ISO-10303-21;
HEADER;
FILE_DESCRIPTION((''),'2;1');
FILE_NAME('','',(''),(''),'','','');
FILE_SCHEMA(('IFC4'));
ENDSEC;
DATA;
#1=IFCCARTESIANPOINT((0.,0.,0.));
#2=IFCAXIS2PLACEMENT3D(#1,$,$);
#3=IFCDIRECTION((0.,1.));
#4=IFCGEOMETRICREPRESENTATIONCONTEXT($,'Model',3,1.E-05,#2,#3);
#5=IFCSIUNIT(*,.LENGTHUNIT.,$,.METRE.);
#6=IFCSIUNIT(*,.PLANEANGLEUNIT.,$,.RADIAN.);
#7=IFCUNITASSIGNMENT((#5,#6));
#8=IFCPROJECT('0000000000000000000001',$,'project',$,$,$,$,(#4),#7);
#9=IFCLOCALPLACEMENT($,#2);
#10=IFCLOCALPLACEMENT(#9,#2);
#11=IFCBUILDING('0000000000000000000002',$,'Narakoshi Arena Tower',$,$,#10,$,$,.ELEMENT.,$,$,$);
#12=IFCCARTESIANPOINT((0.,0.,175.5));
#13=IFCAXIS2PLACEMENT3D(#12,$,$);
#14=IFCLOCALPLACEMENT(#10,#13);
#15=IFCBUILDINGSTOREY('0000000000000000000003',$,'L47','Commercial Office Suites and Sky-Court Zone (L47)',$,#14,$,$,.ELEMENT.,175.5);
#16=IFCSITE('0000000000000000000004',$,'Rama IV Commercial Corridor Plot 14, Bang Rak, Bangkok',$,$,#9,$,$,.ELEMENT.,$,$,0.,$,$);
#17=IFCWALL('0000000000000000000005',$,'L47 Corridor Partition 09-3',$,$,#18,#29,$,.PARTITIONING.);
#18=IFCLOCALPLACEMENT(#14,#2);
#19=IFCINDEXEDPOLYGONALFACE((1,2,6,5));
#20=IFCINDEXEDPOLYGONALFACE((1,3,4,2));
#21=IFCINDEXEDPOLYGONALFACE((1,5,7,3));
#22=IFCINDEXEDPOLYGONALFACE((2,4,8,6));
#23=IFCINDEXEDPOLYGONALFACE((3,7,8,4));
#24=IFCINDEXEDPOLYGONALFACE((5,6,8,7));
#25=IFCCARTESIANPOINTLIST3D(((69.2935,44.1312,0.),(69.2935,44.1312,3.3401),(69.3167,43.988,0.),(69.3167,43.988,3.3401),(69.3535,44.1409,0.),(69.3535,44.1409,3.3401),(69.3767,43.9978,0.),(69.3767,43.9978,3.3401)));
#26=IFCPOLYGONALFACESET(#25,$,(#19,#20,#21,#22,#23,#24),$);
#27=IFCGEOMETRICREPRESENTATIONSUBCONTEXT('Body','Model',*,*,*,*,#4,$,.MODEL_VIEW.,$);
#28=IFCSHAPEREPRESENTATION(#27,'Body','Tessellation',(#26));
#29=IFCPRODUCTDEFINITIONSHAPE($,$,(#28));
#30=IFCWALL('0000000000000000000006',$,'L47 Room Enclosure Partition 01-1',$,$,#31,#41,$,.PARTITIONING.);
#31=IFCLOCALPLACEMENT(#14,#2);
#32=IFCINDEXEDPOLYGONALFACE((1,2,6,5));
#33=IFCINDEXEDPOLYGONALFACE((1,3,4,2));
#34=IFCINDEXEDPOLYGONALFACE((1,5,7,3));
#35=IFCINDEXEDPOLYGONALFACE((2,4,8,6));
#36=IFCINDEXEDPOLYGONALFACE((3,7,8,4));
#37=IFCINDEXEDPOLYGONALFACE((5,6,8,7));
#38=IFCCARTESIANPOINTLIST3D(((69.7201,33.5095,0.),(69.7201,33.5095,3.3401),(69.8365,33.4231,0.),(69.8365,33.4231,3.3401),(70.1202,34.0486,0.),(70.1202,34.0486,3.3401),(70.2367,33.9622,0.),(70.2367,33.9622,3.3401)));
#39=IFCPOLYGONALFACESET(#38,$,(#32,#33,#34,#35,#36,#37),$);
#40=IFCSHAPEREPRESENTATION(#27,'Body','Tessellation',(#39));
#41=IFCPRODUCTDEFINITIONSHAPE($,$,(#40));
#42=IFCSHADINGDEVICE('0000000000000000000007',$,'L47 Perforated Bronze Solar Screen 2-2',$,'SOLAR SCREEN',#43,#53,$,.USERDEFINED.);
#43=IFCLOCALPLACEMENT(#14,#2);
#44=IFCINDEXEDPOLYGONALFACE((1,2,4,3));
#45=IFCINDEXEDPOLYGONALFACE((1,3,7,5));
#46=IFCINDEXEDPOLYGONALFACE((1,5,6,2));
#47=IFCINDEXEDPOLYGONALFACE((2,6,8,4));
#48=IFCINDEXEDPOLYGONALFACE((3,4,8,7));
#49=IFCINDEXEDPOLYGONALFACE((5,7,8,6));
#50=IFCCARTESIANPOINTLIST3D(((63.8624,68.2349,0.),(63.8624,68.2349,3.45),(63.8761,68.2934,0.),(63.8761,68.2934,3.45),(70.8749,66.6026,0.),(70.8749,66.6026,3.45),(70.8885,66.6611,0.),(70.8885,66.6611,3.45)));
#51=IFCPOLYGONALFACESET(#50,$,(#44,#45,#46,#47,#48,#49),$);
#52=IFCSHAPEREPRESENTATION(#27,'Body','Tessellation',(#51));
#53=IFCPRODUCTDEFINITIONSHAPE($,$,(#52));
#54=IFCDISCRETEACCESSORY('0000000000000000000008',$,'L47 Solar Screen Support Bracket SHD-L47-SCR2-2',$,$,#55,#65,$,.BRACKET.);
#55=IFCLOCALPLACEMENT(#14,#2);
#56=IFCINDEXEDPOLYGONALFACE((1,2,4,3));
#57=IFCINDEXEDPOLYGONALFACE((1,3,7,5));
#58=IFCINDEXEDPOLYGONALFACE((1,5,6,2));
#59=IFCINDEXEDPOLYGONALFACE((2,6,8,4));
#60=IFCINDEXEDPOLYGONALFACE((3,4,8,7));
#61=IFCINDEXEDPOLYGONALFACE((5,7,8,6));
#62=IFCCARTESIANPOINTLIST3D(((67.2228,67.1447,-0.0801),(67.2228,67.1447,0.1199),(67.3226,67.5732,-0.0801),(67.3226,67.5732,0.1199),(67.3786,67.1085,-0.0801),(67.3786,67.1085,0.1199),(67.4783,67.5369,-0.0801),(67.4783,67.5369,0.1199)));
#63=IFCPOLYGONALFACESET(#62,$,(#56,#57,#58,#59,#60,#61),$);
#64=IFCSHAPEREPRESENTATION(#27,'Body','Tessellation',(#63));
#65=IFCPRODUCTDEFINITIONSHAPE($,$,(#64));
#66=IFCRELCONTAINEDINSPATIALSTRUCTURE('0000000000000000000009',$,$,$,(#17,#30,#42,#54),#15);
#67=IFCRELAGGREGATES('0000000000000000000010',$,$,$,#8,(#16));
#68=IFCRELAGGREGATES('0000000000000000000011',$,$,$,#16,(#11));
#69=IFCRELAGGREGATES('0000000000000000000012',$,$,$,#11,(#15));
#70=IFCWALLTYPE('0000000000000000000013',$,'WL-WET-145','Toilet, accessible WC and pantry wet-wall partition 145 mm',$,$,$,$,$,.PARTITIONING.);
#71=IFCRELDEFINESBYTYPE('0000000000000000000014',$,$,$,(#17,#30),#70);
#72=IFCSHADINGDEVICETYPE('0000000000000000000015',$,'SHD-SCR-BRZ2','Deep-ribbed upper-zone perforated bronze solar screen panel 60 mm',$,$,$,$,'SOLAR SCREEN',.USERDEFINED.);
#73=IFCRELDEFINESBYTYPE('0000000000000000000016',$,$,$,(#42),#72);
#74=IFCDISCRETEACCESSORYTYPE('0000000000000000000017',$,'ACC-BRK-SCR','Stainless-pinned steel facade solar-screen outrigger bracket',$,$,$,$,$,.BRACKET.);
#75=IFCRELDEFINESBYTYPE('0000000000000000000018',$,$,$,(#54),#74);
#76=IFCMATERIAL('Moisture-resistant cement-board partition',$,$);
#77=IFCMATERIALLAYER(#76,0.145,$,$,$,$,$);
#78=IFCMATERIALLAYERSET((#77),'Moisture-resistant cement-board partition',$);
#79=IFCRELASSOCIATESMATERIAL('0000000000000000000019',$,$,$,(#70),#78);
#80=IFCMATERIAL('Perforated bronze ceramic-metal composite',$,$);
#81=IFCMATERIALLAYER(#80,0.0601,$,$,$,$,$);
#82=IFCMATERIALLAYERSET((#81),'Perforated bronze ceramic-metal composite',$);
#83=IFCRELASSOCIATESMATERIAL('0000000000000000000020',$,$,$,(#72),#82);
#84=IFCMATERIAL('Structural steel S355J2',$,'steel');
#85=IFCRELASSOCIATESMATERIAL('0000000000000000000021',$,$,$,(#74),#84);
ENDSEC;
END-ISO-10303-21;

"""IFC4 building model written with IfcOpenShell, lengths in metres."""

from ifc_helpers import new_model, si_unit, direction, frame, frame_2d, origin, origin_2d, place, context, subcontext, project, spatial, rectangle, extrude, material, layer, layer_set, type_object, element, save


model = new_model("IFC4")

# Units and contexts
model_context = context("Model", 3, precision=1e-05, world=origin(), true_north=direction((0.0, 1.0)))
body_context = subcontext(model_context, "Body", "Model", "MODEL_VIEW")
ifc_project = project(units=[si_unit("LENGTHUNIT", "METRE"), si_unit("PLANEANGLEUNIT", "RADIAN")], contexts=[model_context])

# Site, building, storey
site_placement = place(None, origin())
site = spatial("IfcSite", under=ifc_project, at=site_placement, Name="Rama IV Commercial Corridor Plot 14, Bang Rak, Bangkok", CompositionType="ELEMENT", RefElevation=0.0)
building_placement = place(site_placement, origin())
building = spatial("IfcBuilding", under=site, at=building_placement, Name="Narakoshi Arena Tower", CompositionType="ELEMENT")
storey_placement = place(building_placement, frame((0.0, 0.0, 175.5)))
storey = spatial("IfcBuildingStorey", under=building, at=storey_placement, Name="L47", Description="Commercial Office Suites and Sky-Court Zone (L47)", CompositionType="ELEMENT", Elevation=175.5)

# Shared definitions
ifc_material_1 = material(Name="Structural steel S355J2", Category="steel")

# Shared definitions
ifc_material_2 = material(Name="Moisture-resistant cement-board partition")
ifc_layer_1 = layer(ifc_material_2, 0.145)
ifc_layer_set_1 = layer_set([ifc_layer_1], Name="Moisture-resistant cement-board partition")
wall_type_1 = type_object("IfcWallType", Name="WL-WET-145", Description="Toilet, accessible WC and pantry wet-wall partition 145 mm", PredefinedType="PARTITIONING", material=ifc_layer_set_1)

# Walls
wall_1_placement = place(storey_placement, frame((69.365, 44.0693, 0.0), z_axis=(0.0, 0.0, 1.0), x_axis=(-0.987037, -0.160494, 0.0)))
element("IfcWall", 1, at=wall_1_placement, inside=storey, type_object=wall_type_1, Name="L47 Corridor Partition 09-3", PredefinedType="PARTITIONING", context=body_context, shape_type="SweptSolid", body=[
    extrude(rectangle(XDim=0.0608, YDim=0.145, at=frame_2d((0.0303, 0.0))), origin(), (0.0, 0.0, 1.0), 3.3401),
])
wall_2_placement = place(storey_placement, frame((70.1785, 34.0054, 0.0), z_axis=(0.0, 0.0, 1.0), x_axis=(-0.596036, -0.802958, 0.0)))
element("IfcWall", 2, at=wall_2_placement, inside=storey, type_object=wall_type_1, Name="L47 Room Enclosure Partition 01-1", PredefinedType="PARTITIONING", context=body_context, shape_type="SweptSolid", body=[
    extrude(rectangle(XDim=0.6714, YDim=0.145, at=frame_2d((0.3357, 0.0))), origin(), (0.0, 0.0, 1.0), 3.3401),
])

# Shading device
ifc_material_3 = material(Name="Perforated bronze ceramic-metal composite")
ifc_layer_2 = layer(ifc_material_3, 0.0601)
ifc_layer_set_2 = layer_set([ifc_layer_2], Name="Perforated bronze ceramic-metal composite")
shading_device_type = type_object("IfcShadingDeviceType", Name="SHD-SCR-BRZ2", Description="Deep-ribbed upper-zone perforated bronze solar screen panel 60 mm", ElementType="SOLAR SCREEN", PredefinedType="USERDEFINED", material=ifc_layer_set_2)
shading_device_placement = place(storey_placement, frame((67.3755, 67.448, 0.0), z_axis=(0.0, 0.0, 1.0), x_axis=(-0.97396, 0.226719, 0.0)))
element("IfcShadingDevice", 3, at=shading_device_placement, inside=storey, type_object=shading_device_type, Name="L47 Perforated Bronze Solar Screen 2-2", ObjectType="SOLAR SCREEN", PredefinedType="USERDEFINED", context=body_context, shape_type="SweptSolid", body=[
    extrude(rectangle(XDim=7.2, YDim=0.0601, at=origin_2d()), origin(), (0.0, 0.0, 1.0), 3.45),
])

# Discrete accessory
discrete_accessory_type = type_object("IfcDiscreteAccessoryType", Name="ACC-BRK-SCR", Description="Stainless-pinned steel facade solar-screen outrigger bracket", PredefinedType="BRACKET", material=ifc_material_1)
discrete_accessory_placement = place(storey_placement, frame((67.3506, 67.3408, -0.0801), z_axis=(0.0, 0.0, 1.0), x_axis=(-0.97396, 0.226719, 0.0)))
element("IfcDiscreteAccessory", 4, at=discrete_accessory_placement, inside=storey, type_object=discrete_accessory_type, Name="L47 Solar Screen Support Bracket SHD-L47-SCR2-2", PredefinedType="BRACKET", context=body_context, shape_type="SweptSolid", body=[
    extrude(rectangle(XDim=0.1599, YDim=0.4399, at=origin_2d()), origin(), (0.0, 0.0, 1.0), 0.2),
])

save(model, "model.ifc")
